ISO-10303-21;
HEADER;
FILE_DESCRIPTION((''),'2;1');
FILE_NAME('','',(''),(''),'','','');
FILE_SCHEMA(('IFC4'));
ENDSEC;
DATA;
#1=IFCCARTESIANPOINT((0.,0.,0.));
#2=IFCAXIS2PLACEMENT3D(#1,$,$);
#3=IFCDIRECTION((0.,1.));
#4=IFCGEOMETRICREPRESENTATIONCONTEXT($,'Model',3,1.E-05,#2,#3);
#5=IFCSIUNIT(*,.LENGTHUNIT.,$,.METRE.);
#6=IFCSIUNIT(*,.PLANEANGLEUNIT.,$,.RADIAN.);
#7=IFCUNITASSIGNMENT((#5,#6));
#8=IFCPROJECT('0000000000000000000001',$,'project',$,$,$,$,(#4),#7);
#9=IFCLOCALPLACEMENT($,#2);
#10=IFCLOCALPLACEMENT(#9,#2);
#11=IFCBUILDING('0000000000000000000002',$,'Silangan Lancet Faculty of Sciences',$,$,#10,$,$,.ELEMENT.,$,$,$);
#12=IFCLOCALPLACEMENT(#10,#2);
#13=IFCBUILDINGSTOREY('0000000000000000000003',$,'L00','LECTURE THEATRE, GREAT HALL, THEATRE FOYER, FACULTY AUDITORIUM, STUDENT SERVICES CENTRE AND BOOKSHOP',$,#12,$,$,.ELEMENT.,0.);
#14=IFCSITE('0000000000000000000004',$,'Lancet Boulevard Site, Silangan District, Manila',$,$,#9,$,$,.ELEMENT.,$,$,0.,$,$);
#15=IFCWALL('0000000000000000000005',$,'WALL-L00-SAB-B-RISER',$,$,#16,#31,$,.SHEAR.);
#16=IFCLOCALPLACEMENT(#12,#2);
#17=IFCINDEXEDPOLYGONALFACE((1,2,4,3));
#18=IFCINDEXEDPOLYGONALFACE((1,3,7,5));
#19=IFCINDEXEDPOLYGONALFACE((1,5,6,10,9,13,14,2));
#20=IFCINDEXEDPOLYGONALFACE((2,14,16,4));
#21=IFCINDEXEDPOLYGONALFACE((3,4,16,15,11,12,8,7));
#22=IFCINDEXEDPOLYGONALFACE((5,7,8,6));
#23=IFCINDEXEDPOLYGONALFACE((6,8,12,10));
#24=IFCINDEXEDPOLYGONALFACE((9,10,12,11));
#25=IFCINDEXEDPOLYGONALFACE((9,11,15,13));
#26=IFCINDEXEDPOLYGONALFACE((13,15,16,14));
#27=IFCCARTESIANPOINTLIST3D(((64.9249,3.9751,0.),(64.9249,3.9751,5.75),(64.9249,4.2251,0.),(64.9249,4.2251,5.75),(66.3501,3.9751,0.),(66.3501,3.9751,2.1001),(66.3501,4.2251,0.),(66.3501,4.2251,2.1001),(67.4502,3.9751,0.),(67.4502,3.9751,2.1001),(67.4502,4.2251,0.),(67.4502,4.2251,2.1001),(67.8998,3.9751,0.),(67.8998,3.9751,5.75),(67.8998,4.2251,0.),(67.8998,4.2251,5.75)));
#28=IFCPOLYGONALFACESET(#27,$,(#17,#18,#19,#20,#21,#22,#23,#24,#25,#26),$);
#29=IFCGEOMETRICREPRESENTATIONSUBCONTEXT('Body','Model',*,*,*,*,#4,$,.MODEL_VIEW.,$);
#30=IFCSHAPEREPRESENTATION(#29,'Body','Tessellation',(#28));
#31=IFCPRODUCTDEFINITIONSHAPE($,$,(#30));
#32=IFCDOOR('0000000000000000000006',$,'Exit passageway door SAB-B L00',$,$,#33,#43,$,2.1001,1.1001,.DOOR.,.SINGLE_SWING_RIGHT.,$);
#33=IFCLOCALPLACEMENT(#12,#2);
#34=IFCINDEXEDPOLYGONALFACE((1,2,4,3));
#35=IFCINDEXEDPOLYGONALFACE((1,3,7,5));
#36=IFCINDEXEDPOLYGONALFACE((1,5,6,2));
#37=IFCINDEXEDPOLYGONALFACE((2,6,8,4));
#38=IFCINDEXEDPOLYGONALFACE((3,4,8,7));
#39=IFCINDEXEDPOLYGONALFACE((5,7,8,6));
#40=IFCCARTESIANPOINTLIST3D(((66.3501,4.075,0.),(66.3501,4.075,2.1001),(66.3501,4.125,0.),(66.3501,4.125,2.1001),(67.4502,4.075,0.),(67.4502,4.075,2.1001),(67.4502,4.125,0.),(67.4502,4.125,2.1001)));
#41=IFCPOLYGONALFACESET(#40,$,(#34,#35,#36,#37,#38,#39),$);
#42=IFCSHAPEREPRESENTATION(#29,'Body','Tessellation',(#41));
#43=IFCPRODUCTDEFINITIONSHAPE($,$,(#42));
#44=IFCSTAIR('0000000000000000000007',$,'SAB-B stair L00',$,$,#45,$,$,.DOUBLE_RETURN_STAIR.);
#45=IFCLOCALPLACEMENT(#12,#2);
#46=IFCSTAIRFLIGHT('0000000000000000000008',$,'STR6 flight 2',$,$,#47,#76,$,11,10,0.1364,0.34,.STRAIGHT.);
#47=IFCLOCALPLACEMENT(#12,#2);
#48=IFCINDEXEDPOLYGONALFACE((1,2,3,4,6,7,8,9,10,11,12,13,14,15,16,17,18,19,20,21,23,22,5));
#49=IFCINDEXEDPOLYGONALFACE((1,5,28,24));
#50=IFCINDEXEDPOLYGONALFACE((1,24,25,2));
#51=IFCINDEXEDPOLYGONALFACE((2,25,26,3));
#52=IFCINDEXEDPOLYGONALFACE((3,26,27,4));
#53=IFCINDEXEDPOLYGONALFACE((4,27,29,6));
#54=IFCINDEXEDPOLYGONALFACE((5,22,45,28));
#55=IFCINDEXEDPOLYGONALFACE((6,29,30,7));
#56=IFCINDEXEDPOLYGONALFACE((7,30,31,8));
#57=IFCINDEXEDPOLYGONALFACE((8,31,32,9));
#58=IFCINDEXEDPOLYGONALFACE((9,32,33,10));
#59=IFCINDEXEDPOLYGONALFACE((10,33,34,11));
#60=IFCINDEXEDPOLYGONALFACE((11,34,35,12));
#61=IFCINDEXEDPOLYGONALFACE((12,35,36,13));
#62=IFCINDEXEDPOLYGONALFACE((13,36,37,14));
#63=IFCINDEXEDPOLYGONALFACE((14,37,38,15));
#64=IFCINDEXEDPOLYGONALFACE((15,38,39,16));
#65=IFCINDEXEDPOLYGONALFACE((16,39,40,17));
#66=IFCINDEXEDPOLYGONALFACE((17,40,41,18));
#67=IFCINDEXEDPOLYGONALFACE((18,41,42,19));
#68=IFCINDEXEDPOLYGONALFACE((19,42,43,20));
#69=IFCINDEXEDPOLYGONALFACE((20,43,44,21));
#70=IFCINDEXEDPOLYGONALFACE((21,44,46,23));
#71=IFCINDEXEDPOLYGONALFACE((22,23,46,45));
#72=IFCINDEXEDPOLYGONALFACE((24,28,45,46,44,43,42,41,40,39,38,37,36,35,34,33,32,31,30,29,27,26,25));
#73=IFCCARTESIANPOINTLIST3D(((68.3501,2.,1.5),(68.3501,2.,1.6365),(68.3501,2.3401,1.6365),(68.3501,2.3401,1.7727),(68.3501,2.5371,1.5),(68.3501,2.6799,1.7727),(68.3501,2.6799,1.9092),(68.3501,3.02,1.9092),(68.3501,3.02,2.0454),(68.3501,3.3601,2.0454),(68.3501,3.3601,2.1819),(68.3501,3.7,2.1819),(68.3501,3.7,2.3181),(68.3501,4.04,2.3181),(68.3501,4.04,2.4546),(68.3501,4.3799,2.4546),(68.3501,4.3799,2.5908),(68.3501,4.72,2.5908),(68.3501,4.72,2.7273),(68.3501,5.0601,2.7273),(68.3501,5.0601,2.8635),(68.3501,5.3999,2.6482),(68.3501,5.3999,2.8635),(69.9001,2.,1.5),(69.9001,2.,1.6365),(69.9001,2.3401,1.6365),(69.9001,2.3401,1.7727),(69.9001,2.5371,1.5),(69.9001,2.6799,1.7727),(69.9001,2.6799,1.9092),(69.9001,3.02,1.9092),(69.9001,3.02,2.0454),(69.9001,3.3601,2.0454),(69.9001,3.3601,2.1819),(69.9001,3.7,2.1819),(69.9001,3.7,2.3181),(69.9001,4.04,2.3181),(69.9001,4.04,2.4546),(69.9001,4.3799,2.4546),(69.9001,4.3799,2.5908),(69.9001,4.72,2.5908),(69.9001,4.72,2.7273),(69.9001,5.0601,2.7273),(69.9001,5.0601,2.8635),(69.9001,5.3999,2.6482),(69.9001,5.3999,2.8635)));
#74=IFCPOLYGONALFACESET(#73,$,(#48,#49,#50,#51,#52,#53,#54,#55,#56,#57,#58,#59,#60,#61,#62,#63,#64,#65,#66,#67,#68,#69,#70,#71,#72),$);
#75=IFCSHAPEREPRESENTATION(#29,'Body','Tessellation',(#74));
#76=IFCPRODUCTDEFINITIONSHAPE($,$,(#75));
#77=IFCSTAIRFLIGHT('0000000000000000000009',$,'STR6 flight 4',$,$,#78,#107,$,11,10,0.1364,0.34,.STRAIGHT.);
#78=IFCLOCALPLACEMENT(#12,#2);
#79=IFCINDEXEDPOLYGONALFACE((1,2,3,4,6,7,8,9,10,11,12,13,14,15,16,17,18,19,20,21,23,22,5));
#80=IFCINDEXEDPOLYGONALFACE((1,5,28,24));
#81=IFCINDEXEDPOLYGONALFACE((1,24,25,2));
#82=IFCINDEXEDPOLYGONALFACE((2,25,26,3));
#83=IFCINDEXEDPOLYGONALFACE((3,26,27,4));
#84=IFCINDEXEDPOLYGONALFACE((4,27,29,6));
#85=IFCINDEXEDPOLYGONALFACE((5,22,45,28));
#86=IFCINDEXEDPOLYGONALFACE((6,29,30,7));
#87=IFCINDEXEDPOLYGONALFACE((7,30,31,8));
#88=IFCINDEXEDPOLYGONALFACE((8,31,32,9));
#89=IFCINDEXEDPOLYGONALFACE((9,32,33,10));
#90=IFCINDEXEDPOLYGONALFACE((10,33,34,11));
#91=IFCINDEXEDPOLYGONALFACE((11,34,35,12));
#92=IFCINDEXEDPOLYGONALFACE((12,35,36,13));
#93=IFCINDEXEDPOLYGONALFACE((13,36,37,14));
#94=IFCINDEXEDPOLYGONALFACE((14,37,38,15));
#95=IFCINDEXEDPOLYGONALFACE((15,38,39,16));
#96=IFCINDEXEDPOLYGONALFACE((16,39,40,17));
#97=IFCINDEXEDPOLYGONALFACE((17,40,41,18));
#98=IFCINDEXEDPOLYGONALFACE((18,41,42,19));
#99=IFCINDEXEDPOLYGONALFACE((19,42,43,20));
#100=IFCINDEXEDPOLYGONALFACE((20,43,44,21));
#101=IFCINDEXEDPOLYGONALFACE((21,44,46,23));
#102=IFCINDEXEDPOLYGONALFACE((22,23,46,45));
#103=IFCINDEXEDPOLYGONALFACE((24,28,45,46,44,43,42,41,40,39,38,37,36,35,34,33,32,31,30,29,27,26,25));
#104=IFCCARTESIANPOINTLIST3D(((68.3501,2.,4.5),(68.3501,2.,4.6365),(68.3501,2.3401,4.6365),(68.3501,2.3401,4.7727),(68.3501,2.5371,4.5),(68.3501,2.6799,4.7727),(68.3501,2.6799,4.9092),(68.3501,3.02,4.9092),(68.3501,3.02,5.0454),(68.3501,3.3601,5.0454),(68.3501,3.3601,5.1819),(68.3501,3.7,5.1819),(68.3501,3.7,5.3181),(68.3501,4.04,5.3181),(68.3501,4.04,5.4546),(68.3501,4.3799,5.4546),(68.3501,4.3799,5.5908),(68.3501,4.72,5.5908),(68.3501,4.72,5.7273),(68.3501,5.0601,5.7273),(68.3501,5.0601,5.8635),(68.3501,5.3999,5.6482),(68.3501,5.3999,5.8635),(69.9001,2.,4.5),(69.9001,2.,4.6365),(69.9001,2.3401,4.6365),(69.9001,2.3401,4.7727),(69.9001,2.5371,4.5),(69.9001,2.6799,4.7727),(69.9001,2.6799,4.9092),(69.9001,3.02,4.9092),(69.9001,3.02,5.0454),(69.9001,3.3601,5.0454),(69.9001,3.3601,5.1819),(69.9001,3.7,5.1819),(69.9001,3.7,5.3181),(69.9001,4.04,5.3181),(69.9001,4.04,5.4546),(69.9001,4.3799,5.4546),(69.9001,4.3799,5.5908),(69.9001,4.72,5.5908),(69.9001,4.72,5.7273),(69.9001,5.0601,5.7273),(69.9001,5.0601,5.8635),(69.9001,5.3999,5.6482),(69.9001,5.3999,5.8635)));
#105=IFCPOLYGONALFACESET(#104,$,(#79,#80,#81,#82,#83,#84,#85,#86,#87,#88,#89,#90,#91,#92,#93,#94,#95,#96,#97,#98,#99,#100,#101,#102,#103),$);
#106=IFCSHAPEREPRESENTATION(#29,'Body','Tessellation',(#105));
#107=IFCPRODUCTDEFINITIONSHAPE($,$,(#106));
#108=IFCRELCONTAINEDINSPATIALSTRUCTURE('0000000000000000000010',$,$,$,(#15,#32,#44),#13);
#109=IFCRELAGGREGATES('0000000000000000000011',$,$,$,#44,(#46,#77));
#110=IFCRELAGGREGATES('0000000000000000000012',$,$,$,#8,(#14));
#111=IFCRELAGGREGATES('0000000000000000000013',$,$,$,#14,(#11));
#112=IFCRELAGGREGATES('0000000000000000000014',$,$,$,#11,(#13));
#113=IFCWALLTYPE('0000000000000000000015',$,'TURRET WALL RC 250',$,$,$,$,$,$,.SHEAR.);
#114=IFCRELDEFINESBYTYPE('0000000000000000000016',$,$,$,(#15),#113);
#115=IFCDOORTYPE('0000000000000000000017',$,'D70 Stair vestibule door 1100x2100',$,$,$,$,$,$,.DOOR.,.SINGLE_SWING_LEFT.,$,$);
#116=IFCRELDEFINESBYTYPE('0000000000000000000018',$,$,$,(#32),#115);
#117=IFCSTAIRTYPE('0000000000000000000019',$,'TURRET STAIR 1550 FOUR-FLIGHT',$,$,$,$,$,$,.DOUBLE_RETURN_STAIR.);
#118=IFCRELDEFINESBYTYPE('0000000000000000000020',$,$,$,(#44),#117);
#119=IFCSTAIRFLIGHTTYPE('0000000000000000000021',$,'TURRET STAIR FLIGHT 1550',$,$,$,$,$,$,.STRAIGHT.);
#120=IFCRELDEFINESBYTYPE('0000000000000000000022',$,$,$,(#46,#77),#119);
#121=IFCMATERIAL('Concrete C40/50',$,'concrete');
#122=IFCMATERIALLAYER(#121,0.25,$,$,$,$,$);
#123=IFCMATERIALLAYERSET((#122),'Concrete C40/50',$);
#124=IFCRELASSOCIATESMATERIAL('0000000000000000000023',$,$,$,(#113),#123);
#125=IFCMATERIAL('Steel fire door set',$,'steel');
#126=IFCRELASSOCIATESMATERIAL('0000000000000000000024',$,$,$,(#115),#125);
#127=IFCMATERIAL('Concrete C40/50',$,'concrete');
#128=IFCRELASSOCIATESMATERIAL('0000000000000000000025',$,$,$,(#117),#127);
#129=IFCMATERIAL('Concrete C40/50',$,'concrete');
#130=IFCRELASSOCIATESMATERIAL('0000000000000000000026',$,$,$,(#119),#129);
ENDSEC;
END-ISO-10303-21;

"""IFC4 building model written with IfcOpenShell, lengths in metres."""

from ifc_helpers import new_model, si_unit, direction, frame, frame_2d, origin, place, context, subcontext, project, spatial, polyline, rectangle, outline, extrude, material, layer, layer_set, type_object, element, fill, aggregate, save


model = new_model("IFC4")

# Units and contexts
model_context = context("Model", 3, precision=1e-05, world=origin(), true_north=direction((0.0, 1.0)))
body_context = subcontext(model_context, "Body", "Model", "MODEL_VIEW")
ifc_project = project(units=[si_unit("LENGTHUNIT", "METRE"), si_unit("PLANEANGLEUNIT", "RADIAN")], contexts=[model_context])

# Site, building, storey
site_placement = place(None, origin())
site = spatial("IfcSite", under=ifc_project, at=site_placement, Name="Lancet Boulevard Site, Silangan District, Manila", CompositionType="ELEMENT", RefElevation=0.0)
building_placement = place(site_placement, origin())
building = spatial("IfcBuilding", under=site, at=building_placement, Name="Silangan Lancet Faculty of Sciences", CompositionType="ELEMENT")
storey_placement = place(building_placement, origin())
storey = spatial("IfcBuildingStorey", under=building, at=storey_placement, Name="L00", Description="LECTURE THEATRE, GREAT HALL, THEATRE FOYER, FACULTY AUDITORIUM, STUDENT SERVICES CENTRE AND BOOKSHOP", CompositionType="ELEMENT", Elevation=0.0)

# Wall, opening, door
ifc_material_1 = material(Name="Concrete C40/50", Category="concrete")
ifc_layer_1 = layer(ifc_material_1, 0.25)
ifc_layer_set_1 = layer_set([ifc_layer_1], Name="Concrete C40/50")
wall_type_1 = type_object("IfcWallType", Name="TURRET WALL RC 250", PredefinedType="SHEAR", material=ifc_layer_set_1)
ifc_material_2 = material(Name="Steel fire door set", Category="steel")
door_type_1 = type_object("IfcDoorType", Name="D70 Stair vestibule door 1100x2100", OperationType="SINGLE_SWING_LEFT", PredefinedType="DOOR", material=ifc_material_2)
wall_1_placement = place(storey_placement, frame((64.925, 4.1001, 0.0), z_axis=(0.0, 0.0, 1.0), x_axis=(1.0, 0.0, 0.0)))
wall_1 = element("IfcWall", 1, at=wall_1_placement, inside=storey, type_object=wall_type_1, Name="WALL-L00-SAB-B-RISER", PredefinedType="SHEAR", context=body_context, shape_type="SweptSolid", body=[
    extrude(rectangle(XDim=2.9749, YDim=0.25, at=frame_2d((1.4873, 0.0))), origin(), (0.0, 0.0, 1.0), 5.75),
])
opening_1_placement = place(wall_1_placement, frame((1.425, 0.0, 0.0)))
opening_1 = element("IfcOpeningElement", 2, at=opening_1_placement, cuts=wall_1, PredefinedType="OPENING", context=body_context, shape_type="SweptSolid", body=[
    extrude(rectangle(XDim=1.1001, YDim=2.1001, at=frame_2d((0.55, 1.05))), frame((0.0, 0.135, 0.0), z_axis=(0.0, -1.0, 0.0), x_axis=(1.0, 0.0, 0.0)), (0.0, 0.0, 1.0), 0.27),
])
door_1_placement = place(opening_1_placement, frame((1.1001, 0.0, 0.0), z_axis=(0.0, 0.0, 1.0), x_axis=(-1.0, 0.0, 0.0)))
door_1 = element("IfcDoor", 3, at=door_1_placement, inside=storey, type_object=door_type_1, Name="Exit passageway door SAB-B L00", OperationType="SINGLE_SWING_RIGHT", OverallHeight=2.1001, OverallWidth=1.1001, PredefinedType="DOOR", context=body_context, shape_type="SweptSolid", body=[
    extrude(rectangle(XDim=1.1001, YDim=2.1001, at=frame_2d((0.55, 1.05))), frame((0.0, 0.0251, 0.0), z_axis=(0.0, -1.0, 0.0), x_axis=(1.0, 0.0, 0.0)), (0.0, 0.0, 1.0), 0.05),
])
fill(opening_1, door_1)

# Stair, stair flights
ifc_material_3 = material(Name="Concrete C40/50", Category="concrete")
stair_type = type_object("IfcStairType", Name="TURRET STAIR 1550 FOUR-FLIGHT", PredefinedType="DOUBLE_RETURN_STAIR", material=ifc_material_3)
stair_placement = place(storey_placement, origin())
stair = element("IfcStair", 4, at=stair_placement, inside=storey, type_object=stair_type, Name="SAB-B stair L00", PredefinedType="DOUBLE_RETURN_STAIR")
ifc_material_4 = material(Name="Concrete C40/50", Category="concrete")
stair_flight_type = type_object("IfcStairFlightType", Name="TURRET STAIR FLIGHT 1550", PredefinedType="STRAIGHT", material=ifc_material_4)
stair_flight_1_placement = place(storey_placement, frame((69.125, 2.0, 1.5), z_axis=(0.0, 0.0, 1.0), x_axis=(0.0, 1.0, 0.0)))
stair_flight_1 = element("IfcStairFlight", 5, at=stair_flight_1_placement, type_object=stair_flight_type, Name="STR6 flight 2", NumberOfRisers=11, NumberOfTreads=10, PredefinedType="STRAIGHT", RiserHeight=0.1364, TreadLength=0.34, context=body_context, shape_type="SweptSolid", body=[
    extrude(outline(polyline([(0.0, 0.0), (0.0, 0.1365), (0.3401, 0.1365), (0.3401, 0.2727), (0.6799, 0.2727), (0.6799, 0.4092), (1.02, 0.4092), (1.02, 0.5454), (1.3601, 0.5454), (1.3601, 0.6819), (1.7, 0.6819), (1.7, 0.8181), (2.04, 0.8181), (2.04, 0.9546), (2.3799, 0.9546), (2.3799, 1.0908), (2.72, 1.0908), (2.72, 1.2273), (3.0601, 1.2273), (3.0601, 1.3635), (3.3999, 1.3635), (3.3999, 1.5), (3.3999, 1.1482), (0.5371, 0.0), (0.0, 0.0)])), frame((0.0, 0.7749, 0.0), z_axis=(0.0, -1.0, 0.0), x_axis=(1.0, 0.0, 0.0)), (0.0, 0.0, 1.0), 1.55),
])
stair_flight_2_placement = place(storey_placement, frame((69.125, 2.0, 4.5), z_axis=(0.0, 0.0, 1.0), x_axis=(0.0, 1.0, 0.0)))
stair_flight_2 = element("IfcStairFlight", 6, at=stair_flight_2_placement, type_object=stair_flight_type, Name="STR6 flight 4", NumberOfRisers=11, NumberOfTreads=10, PredefinedType="STRAIGHT", RiserHeight=0.1364, TreadLength=0.34, context=body_context, shape_type="SweptSolid", body=[
    extrude(outline(polyline([(0.0, 0.0), (0.0, 0.1365), (0.3401, 0.1365), (0.3401, 0.2727), (0.6799, 0.2727), (0.6799, 0.4092), (1.02, 0.4092), (1.02, 0.5454), (1.3601, 0.5454), (1.3601, 0.6819), (1.7, 0.6819), (1.7, 0.8181), (2.04, 0.8181), (2.04, 0.9546), (2.3799, 0.9546), (2.3799, 1.0908), (2.72, 1.0908), (2.72, 1.2273), (3.0601, 1.2273), (3.0601, 1.3635), (3.3999, 1.3635), (3.3999, 1.5), (3.3999, 1.1482), (0.5371, 0.0), (0.0, 0.0)])), frame((0.0, 0.7749, 0.0), z_axis=(0.0, -1.0, 0.0), x_axis=(1.0, 0.0, 0.0)), (0.0, 0.0, 1.0), 1.55),
])
aggregate(stair, [stair_flight_1, stair_flight_2])

save(model, "model.ifc")
